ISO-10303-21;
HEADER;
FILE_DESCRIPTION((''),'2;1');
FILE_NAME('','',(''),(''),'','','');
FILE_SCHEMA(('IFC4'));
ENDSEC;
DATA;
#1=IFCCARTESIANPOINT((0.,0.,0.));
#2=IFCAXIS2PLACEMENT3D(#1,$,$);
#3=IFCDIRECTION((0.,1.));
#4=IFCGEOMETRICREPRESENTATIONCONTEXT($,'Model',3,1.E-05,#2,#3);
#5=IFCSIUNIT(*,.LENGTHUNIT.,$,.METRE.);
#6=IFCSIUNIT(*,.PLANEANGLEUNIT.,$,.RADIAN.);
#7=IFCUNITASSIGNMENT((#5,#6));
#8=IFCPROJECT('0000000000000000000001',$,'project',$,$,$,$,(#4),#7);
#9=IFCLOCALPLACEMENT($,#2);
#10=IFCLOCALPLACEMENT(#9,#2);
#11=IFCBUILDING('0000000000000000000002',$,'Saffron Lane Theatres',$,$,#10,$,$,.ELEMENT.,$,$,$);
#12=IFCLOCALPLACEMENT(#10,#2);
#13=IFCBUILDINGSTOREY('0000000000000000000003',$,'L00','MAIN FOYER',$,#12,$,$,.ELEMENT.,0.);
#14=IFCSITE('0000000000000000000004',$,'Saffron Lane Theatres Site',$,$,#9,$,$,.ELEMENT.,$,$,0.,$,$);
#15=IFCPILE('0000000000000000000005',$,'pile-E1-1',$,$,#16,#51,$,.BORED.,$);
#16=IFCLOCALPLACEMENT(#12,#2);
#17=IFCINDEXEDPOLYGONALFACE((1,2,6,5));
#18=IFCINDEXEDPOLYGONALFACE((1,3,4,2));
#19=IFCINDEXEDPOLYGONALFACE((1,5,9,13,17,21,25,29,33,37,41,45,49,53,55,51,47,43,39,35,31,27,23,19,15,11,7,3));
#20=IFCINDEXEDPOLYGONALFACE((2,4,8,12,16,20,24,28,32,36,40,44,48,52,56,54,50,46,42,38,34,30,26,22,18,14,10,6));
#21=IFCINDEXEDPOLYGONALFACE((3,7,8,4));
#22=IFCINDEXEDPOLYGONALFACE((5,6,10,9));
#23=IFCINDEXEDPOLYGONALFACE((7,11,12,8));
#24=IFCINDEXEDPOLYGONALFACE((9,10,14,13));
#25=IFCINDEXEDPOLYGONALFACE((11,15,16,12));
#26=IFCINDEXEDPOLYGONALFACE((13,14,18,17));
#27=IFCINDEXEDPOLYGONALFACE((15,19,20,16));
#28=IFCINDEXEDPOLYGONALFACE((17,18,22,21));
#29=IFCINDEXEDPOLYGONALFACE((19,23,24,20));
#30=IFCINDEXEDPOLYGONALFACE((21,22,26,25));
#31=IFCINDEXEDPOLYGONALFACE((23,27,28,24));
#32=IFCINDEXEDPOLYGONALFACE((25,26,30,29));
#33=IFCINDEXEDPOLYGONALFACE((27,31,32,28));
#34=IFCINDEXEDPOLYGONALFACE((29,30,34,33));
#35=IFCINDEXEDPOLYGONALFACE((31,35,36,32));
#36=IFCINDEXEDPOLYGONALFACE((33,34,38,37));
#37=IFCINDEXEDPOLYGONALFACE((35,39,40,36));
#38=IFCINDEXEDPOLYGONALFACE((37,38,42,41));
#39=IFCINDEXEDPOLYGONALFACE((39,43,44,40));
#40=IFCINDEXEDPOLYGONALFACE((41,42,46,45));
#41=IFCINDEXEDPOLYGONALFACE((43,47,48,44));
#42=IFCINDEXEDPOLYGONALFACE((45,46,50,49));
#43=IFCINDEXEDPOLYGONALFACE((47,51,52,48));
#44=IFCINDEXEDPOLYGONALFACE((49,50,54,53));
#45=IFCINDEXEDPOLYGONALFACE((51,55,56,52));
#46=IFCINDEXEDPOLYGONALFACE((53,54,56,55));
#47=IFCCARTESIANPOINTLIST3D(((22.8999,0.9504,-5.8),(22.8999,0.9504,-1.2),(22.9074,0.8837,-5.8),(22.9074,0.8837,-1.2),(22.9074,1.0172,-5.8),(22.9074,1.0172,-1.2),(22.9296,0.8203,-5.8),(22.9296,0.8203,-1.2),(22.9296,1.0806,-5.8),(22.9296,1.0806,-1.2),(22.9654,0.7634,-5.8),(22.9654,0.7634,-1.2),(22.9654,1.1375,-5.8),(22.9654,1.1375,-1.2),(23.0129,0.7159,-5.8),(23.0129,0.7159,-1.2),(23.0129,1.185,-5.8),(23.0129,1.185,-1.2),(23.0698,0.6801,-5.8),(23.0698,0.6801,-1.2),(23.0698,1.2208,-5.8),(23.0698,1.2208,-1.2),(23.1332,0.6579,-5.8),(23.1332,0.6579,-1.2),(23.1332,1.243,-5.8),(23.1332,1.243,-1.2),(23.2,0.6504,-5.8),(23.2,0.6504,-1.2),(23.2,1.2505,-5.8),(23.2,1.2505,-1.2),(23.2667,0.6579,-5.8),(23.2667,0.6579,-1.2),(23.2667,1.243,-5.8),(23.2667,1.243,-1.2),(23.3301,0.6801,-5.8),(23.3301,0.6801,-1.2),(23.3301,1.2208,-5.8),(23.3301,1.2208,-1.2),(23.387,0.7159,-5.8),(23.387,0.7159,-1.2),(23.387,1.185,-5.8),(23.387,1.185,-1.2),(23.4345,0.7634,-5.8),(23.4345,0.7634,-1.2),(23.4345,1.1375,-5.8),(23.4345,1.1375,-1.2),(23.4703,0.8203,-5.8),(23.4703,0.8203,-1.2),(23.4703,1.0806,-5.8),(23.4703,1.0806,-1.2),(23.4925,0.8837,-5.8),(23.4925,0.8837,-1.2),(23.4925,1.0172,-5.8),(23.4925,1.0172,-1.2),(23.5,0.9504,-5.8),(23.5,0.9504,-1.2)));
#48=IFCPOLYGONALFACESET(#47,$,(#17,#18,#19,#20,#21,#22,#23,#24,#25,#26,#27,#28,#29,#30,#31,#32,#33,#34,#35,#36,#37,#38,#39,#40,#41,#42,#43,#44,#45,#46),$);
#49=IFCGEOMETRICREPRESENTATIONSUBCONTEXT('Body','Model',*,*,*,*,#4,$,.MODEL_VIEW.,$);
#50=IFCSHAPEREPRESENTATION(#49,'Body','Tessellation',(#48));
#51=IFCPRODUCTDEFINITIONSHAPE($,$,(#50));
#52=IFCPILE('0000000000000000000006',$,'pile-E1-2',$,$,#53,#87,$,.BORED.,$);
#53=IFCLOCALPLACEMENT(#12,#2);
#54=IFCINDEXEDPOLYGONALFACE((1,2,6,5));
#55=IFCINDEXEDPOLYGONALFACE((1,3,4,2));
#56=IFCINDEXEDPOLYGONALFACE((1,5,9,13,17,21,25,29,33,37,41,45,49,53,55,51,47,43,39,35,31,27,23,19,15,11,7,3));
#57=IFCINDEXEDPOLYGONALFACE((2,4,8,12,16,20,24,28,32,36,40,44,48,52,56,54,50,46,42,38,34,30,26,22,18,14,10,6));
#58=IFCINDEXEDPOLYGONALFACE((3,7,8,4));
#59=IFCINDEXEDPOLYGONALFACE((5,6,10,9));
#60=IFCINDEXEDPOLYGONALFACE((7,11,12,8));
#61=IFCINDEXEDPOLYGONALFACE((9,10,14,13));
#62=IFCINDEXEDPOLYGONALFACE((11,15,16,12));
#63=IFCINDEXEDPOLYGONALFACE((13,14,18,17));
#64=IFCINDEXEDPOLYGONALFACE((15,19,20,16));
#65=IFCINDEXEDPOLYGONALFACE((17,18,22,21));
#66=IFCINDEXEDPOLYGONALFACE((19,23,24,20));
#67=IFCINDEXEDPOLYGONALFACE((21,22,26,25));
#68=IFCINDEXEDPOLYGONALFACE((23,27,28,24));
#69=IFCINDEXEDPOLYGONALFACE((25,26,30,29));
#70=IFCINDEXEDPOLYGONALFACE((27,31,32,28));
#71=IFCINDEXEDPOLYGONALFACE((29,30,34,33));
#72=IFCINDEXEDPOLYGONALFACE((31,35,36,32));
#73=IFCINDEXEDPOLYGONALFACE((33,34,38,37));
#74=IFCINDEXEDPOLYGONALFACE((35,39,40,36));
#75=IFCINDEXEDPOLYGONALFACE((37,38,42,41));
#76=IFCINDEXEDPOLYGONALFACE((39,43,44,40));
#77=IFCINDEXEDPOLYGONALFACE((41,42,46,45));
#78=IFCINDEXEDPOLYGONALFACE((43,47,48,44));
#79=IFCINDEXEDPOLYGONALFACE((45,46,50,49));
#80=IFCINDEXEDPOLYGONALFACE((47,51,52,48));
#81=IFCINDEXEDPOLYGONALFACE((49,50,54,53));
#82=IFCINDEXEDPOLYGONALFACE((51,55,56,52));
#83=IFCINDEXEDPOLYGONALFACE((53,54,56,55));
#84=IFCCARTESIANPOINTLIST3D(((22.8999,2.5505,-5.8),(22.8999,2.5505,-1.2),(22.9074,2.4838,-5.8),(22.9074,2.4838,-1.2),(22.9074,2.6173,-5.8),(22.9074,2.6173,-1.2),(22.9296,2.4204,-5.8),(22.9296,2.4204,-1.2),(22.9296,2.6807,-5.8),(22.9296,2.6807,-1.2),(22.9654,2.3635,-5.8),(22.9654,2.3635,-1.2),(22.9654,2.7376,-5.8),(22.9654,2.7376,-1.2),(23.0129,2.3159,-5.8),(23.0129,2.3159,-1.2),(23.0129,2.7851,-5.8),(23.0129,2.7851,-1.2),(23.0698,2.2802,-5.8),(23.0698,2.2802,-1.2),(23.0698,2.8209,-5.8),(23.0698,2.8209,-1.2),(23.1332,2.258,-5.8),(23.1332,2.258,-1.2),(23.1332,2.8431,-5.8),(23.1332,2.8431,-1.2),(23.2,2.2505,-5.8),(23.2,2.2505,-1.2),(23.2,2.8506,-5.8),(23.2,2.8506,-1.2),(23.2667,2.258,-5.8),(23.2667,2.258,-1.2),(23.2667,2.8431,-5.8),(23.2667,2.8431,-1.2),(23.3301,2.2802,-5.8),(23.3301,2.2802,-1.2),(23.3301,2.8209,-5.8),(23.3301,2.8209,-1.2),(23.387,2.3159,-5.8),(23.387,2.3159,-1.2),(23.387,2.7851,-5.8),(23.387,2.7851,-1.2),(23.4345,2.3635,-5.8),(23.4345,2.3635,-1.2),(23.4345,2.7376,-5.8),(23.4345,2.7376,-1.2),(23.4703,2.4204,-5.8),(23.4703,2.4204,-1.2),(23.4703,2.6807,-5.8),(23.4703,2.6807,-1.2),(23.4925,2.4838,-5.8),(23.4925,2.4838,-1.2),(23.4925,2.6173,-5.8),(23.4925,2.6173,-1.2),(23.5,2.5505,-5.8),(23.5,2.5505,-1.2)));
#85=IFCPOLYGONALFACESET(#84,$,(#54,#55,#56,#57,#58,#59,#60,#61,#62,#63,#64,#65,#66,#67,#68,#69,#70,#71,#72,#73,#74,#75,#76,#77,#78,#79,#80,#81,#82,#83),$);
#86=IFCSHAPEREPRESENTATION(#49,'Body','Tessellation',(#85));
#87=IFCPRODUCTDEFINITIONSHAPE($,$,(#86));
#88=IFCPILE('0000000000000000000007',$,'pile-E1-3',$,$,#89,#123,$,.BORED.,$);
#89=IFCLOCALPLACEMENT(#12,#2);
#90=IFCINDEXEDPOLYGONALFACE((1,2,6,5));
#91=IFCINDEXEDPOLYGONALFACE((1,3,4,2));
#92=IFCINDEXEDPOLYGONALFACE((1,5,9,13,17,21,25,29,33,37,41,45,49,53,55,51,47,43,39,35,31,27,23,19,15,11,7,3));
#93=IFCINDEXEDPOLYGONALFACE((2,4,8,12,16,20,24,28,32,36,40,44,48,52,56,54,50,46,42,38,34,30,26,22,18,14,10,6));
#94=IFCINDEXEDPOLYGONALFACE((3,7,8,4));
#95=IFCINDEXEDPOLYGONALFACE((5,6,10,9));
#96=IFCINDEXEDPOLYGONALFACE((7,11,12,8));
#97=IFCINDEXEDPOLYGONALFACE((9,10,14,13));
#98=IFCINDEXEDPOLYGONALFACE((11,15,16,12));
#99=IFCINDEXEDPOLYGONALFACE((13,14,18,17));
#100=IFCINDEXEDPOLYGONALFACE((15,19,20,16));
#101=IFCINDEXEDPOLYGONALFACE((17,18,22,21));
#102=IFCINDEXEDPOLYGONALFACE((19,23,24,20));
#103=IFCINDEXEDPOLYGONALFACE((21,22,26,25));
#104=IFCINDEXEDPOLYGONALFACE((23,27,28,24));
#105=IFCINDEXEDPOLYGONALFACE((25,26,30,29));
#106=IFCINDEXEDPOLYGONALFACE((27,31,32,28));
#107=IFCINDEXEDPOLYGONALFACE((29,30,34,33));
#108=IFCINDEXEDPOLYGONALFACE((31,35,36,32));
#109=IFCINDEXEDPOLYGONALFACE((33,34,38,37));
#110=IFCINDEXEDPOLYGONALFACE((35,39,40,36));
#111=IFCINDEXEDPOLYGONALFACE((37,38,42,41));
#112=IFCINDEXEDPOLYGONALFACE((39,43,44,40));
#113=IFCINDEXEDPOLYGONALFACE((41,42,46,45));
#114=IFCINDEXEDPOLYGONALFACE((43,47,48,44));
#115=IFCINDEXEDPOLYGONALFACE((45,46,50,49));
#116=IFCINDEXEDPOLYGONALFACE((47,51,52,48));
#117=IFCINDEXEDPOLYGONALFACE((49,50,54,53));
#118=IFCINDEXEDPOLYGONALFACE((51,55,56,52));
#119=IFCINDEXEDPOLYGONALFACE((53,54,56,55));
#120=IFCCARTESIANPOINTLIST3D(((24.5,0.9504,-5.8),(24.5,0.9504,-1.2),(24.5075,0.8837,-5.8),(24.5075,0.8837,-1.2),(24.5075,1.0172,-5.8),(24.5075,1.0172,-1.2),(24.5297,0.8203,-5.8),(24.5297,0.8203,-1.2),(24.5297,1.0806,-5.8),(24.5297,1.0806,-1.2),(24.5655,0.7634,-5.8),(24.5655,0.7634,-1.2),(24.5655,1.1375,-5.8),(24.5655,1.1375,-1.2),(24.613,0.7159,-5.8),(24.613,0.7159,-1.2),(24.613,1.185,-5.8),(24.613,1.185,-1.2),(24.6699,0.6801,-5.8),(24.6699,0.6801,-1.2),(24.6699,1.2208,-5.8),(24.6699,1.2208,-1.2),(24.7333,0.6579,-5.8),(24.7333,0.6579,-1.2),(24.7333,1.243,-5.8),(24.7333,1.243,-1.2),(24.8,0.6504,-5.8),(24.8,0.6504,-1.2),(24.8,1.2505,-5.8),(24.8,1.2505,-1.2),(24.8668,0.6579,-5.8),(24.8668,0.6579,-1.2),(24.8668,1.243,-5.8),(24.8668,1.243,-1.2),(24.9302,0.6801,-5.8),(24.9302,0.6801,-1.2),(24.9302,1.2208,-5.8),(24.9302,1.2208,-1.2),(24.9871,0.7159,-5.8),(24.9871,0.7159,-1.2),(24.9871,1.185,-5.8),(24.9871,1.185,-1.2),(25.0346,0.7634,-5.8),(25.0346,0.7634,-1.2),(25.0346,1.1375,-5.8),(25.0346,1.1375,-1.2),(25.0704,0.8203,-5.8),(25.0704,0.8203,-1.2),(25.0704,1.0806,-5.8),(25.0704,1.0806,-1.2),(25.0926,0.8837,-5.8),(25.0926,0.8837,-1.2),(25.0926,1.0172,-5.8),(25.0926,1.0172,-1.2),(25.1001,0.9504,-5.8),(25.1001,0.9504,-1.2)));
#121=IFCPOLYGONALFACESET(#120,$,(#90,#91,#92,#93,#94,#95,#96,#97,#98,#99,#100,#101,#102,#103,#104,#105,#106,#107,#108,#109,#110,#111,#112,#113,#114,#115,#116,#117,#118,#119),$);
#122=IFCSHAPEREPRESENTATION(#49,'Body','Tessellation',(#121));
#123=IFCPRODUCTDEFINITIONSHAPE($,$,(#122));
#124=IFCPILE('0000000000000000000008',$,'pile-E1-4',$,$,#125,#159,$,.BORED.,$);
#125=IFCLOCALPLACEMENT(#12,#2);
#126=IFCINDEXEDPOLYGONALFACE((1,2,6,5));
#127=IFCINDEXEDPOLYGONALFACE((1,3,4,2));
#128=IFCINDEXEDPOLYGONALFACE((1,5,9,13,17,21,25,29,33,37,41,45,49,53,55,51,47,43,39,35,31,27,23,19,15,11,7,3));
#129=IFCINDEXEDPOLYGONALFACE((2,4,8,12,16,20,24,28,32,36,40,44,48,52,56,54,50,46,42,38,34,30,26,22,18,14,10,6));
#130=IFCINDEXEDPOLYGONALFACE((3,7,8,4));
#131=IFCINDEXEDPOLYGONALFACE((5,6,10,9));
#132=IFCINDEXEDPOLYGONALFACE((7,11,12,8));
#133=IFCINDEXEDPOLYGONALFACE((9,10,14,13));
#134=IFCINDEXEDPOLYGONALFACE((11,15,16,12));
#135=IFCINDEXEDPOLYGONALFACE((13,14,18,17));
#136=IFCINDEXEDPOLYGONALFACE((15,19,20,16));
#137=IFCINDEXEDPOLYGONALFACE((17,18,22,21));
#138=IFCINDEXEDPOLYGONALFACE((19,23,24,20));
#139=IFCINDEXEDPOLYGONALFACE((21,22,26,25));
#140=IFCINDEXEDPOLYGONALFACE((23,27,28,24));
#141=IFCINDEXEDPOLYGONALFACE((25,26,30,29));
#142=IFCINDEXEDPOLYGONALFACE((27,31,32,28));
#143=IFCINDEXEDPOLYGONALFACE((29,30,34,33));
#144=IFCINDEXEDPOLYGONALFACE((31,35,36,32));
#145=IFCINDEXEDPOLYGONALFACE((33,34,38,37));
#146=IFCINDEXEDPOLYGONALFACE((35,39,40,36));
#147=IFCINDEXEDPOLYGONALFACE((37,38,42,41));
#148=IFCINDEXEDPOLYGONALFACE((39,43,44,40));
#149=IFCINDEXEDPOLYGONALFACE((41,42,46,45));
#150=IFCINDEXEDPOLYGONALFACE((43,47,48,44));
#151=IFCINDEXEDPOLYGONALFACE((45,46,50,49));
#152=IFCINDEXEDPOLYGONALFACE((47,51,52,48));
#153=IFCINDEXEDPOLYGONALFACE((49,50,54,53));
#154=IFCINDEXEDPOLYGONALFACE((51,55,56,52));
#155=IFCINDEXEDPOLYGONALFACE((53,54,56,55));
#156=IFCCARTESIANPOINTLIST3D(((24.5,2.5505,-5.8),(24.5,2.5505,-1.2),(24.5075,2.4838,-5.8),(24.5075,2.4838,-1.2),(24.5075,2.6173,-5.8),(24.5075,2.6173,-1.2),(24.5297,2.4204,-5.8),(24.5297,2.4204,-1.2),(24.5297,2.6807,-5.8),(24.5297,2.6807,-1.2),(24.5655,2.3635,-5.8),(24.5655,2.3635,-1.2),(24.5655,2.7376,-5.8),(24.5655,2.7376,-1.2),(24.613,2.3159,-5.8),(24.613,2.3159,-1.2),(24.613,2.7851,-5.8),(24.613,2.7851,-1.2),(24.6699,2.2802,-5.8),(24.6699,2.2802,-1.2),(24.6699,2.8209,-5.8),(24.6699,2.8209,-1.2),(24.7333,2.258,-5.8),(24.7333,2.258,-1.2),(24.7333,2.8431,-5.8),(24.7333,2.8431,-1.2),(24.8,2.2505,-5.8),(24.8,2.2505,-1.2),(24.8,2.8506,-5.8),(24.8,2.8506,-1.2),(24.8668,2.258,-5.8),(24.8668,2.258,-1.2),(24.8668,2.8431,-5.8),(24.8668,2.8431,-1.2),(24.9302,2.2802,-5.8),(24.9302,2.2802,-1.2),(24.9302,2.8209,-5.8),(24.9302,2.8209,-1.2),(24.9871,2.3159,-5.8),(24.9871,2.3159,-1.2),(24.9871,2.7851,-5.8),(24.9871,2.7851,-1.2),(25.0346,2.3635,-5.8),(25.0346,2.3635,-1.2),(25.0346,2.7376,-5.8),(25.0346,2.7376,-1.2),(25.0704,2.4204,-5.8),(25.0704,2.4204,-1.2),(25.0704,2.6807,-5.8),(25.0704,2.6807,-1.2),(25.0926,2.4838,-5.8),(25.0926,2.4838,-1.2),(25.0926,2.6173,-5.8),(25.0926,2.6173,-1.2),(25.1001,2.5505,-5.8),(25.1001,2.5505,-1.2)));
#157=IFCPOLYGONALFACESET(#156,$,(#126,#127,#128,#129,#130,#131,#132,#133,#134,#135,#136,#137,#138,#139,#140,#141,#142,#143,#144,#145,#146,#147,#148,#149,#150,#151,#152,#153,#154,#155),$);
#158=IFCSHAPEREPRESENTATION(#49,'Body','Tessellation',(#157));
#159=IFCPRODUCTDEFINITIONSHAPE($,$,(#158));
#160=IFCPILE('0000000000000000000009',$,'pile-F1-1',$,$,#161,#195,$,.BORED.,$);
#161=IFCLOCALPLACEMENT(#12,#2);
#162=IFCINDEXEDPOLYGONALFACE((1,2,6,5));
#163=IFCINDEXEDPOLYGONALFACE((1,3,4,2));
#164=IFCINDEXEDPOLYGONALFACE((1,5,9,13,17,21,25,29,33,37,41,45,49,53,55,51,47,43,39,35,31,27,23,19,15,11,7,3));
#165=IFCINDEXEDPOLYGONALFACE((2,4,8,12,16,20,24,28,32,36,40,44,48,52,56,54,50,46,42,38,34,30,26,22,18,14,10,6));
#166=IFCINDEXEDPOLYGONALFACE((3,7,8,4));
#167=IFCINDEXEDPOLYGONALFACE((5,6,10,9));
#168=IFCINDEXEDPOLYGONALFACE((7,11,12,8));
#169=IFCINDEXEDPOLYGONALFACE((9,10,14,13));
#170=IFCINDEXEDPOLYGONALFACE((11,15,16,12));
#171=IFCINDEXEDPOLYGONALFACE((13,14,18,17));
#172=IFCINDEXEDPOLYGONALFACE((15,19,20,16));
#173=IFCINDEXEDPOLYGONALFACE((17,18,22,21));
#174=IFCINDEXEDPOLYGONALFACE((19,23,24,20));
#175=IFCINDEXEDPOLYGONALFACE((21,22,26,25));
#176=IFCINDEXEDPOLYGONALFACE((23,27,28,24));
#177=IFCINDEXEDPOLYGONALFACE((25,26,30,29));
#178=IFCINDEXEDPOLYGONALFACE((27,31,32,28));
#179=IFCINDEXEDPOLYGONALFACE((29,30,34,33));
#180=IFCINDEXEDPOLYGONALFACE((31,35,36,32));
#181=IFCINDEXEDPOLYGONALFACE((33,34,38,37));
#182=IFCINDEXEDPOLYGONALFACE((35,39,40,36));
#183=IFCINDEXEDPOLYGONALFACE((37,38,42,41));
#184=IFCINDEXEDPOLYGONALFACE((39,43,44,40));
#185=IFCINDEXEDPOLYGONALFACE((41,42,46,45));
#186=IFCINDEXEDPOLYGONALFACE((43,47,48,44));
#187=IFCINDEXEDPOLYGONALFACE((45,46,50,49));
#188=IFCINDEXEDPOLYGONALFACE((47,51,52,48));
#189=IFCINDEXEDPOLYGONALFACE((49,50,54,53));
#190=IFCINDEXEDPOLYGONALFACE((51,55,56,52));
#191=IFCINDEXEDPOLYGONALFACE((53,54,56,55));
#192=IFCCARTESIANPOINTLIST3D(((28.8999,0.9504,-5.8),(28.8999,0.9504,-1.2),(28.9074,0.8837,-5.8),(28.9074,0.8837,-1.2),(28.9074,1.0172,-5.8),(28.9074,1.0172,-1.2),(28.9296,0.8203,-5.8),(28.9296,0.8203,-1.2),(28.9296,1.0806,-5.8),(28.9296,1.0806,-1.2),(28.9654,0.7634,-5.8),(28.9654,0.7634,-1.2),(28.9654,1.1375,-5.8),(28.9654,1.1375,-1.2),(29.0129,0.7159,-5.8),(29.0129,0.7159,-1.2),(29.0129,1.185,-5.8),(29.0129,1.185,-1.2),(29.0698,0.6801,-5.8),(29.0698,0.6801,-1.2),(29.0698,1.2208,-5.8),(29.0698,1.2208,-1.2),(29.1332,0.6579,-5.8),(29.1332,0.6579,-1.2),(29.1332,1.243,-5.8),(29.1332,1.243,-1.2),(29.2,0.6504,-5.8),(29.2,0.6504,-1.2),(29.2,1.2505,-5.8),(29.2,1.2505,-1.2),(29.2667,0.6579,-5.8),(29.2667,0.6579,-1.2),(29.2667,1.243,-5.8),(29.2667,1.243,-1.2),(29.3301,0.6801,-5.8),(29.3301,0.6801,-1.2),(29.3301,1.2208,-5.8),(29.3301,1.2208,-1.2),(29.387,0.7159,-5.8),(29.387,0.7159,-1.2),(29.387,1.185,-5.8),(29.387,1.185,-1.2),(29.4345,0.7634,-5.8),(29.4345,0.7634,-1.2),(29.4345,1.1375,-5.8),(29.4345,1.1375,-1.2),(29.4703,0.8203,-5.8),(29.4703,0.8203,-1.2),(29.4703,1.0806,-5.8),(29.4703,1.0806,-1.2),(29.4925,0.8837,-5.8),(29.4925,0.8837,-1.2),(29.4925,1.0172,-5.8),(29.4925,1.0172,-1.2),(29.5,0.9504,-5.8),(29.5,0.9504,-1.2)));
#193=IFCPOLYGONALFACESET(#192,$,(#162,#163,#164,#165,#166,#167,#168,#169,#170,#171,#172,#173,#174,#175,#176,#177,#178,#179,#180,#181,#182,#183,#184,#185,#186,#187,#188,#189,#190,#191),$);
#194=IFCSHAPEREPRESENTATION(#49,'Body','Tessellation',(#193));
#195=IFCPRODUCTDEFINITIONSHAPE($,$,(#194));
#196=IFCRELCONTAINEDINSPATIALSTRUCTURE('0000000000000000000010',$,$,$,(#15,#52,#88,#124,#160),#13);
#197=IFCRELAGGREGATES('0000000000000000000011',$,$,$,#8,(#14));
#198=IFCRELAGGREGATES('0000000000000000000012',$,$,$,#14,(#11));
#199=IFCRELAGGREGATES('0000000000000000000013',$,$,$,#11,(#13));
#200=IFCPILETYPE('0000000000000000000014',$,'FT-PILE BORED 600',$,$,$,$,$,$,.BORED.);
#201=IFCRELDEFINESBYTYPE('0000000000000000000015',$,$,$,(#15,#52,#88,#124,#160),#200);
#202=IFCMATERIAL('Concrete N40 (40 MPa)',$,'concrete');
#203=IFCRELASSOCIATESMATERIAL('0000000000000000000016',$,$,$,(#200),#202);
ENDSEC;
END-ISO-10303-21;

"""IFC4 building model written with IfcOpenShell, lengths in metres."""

from ifc_helpers import new_model, si_unit, direction, frame, origin, origin_2d, place, context, subcontext, project, spatial, circle, extrude, material, material_profile, profile_set, type_object, element, save


model = new_model("IFC4")

# Units and contexts
model_context = context("Model", 3, precision=1e-05, world=origin(), true_north=direction((0.0, 1.0)))
body_context = subcontext(model_context, "Body", "Model", "MODEL_VIEW")
ifc_project = project(units=[si_unit("LENGTHUNIT", "METRE"), si_unit("PLANEANGLEUNIT", "RADIAN")], contexts=[model_context])

# Site, building, storey
site_placement = place(None, origin())
site = spatial("IfcSite", under=ifc_project, at=site_placement, Name="Saffron Lane Theatres Site", CompositionType="ELEMENT", RefElevation=0.0)
building_placement = place(site_placement, origin())
building = spatial("IfcBuilding", under=site, at=building_placement, Name="Saffron Lane Theatres", CompositionType="ELEMENT")
storey_placement = place(building_placement, origin())
storey = spatial("IfcBuildingStorey", under=building, at=storey_placement, Name="L00", Description="MAIN FOYER", CompositionType="ELEMENT", Elevation=0.0)

# Piles
ifc_material_1 = material(Name="Concrete N40 (40 MPa)", Category="concrete")
ifc_material_profile_1 = material_profile(ifc_material_1, circle(Radius=0.3, at=origin_2d()))
ifc_profile_set_1 = profile_set([ifc_material_profile_1], Name="Concrete N40 (40 MPa)")
pile_type = type_object("IfcPileType", Name="FT-PILE BORED 600", PredefinedType="BORED", material=ifc_profile_set_1)
for number, where, z_axis, x_axis, name in (
    (1, (23.2, 0.9504, -1.2), (0.0, 0.0, -1.0), (1.0, 0.0, 0.0), "pile-E1-1"),
    (2, (23.2, 2.5505, -1.2), (0.0, 0.0, -1.0), (1.0, 0.0, 0.0), "pile-E1-2"),
    (3, (24.8, 0.9504, -1.2), (0.0, 0.0, -1.0), (1.0, 0.0, 0.0), "pile-E1-3"),
    (4, (24.8, 2.5505, -1.2), (0.0, 0.0, -1.0), (1.0, 0.0, 0.0), "pile-E1-4"),
    (5, (29.2, 0.9504, -1.2), (0.0, 0.0, -1.0), (1.0, 0.0, 0.0), "pile-F1-1"),
):
    element("IfcPile", number, at=place(storey_placement, frame(where, z_axis=z_axis, x_axis=x_axis)), inside=storey, type_object=pile_type, Name=name, PredefinedType="BORED", context=body_context, shape_type="SweptSolid", body=[
        extrude(circle(Radius=0.3, at=origin_2d()), origin(), (0.0, 0.0, 1.0), 4.6001),
    ])

save(model, "model.ifc")
